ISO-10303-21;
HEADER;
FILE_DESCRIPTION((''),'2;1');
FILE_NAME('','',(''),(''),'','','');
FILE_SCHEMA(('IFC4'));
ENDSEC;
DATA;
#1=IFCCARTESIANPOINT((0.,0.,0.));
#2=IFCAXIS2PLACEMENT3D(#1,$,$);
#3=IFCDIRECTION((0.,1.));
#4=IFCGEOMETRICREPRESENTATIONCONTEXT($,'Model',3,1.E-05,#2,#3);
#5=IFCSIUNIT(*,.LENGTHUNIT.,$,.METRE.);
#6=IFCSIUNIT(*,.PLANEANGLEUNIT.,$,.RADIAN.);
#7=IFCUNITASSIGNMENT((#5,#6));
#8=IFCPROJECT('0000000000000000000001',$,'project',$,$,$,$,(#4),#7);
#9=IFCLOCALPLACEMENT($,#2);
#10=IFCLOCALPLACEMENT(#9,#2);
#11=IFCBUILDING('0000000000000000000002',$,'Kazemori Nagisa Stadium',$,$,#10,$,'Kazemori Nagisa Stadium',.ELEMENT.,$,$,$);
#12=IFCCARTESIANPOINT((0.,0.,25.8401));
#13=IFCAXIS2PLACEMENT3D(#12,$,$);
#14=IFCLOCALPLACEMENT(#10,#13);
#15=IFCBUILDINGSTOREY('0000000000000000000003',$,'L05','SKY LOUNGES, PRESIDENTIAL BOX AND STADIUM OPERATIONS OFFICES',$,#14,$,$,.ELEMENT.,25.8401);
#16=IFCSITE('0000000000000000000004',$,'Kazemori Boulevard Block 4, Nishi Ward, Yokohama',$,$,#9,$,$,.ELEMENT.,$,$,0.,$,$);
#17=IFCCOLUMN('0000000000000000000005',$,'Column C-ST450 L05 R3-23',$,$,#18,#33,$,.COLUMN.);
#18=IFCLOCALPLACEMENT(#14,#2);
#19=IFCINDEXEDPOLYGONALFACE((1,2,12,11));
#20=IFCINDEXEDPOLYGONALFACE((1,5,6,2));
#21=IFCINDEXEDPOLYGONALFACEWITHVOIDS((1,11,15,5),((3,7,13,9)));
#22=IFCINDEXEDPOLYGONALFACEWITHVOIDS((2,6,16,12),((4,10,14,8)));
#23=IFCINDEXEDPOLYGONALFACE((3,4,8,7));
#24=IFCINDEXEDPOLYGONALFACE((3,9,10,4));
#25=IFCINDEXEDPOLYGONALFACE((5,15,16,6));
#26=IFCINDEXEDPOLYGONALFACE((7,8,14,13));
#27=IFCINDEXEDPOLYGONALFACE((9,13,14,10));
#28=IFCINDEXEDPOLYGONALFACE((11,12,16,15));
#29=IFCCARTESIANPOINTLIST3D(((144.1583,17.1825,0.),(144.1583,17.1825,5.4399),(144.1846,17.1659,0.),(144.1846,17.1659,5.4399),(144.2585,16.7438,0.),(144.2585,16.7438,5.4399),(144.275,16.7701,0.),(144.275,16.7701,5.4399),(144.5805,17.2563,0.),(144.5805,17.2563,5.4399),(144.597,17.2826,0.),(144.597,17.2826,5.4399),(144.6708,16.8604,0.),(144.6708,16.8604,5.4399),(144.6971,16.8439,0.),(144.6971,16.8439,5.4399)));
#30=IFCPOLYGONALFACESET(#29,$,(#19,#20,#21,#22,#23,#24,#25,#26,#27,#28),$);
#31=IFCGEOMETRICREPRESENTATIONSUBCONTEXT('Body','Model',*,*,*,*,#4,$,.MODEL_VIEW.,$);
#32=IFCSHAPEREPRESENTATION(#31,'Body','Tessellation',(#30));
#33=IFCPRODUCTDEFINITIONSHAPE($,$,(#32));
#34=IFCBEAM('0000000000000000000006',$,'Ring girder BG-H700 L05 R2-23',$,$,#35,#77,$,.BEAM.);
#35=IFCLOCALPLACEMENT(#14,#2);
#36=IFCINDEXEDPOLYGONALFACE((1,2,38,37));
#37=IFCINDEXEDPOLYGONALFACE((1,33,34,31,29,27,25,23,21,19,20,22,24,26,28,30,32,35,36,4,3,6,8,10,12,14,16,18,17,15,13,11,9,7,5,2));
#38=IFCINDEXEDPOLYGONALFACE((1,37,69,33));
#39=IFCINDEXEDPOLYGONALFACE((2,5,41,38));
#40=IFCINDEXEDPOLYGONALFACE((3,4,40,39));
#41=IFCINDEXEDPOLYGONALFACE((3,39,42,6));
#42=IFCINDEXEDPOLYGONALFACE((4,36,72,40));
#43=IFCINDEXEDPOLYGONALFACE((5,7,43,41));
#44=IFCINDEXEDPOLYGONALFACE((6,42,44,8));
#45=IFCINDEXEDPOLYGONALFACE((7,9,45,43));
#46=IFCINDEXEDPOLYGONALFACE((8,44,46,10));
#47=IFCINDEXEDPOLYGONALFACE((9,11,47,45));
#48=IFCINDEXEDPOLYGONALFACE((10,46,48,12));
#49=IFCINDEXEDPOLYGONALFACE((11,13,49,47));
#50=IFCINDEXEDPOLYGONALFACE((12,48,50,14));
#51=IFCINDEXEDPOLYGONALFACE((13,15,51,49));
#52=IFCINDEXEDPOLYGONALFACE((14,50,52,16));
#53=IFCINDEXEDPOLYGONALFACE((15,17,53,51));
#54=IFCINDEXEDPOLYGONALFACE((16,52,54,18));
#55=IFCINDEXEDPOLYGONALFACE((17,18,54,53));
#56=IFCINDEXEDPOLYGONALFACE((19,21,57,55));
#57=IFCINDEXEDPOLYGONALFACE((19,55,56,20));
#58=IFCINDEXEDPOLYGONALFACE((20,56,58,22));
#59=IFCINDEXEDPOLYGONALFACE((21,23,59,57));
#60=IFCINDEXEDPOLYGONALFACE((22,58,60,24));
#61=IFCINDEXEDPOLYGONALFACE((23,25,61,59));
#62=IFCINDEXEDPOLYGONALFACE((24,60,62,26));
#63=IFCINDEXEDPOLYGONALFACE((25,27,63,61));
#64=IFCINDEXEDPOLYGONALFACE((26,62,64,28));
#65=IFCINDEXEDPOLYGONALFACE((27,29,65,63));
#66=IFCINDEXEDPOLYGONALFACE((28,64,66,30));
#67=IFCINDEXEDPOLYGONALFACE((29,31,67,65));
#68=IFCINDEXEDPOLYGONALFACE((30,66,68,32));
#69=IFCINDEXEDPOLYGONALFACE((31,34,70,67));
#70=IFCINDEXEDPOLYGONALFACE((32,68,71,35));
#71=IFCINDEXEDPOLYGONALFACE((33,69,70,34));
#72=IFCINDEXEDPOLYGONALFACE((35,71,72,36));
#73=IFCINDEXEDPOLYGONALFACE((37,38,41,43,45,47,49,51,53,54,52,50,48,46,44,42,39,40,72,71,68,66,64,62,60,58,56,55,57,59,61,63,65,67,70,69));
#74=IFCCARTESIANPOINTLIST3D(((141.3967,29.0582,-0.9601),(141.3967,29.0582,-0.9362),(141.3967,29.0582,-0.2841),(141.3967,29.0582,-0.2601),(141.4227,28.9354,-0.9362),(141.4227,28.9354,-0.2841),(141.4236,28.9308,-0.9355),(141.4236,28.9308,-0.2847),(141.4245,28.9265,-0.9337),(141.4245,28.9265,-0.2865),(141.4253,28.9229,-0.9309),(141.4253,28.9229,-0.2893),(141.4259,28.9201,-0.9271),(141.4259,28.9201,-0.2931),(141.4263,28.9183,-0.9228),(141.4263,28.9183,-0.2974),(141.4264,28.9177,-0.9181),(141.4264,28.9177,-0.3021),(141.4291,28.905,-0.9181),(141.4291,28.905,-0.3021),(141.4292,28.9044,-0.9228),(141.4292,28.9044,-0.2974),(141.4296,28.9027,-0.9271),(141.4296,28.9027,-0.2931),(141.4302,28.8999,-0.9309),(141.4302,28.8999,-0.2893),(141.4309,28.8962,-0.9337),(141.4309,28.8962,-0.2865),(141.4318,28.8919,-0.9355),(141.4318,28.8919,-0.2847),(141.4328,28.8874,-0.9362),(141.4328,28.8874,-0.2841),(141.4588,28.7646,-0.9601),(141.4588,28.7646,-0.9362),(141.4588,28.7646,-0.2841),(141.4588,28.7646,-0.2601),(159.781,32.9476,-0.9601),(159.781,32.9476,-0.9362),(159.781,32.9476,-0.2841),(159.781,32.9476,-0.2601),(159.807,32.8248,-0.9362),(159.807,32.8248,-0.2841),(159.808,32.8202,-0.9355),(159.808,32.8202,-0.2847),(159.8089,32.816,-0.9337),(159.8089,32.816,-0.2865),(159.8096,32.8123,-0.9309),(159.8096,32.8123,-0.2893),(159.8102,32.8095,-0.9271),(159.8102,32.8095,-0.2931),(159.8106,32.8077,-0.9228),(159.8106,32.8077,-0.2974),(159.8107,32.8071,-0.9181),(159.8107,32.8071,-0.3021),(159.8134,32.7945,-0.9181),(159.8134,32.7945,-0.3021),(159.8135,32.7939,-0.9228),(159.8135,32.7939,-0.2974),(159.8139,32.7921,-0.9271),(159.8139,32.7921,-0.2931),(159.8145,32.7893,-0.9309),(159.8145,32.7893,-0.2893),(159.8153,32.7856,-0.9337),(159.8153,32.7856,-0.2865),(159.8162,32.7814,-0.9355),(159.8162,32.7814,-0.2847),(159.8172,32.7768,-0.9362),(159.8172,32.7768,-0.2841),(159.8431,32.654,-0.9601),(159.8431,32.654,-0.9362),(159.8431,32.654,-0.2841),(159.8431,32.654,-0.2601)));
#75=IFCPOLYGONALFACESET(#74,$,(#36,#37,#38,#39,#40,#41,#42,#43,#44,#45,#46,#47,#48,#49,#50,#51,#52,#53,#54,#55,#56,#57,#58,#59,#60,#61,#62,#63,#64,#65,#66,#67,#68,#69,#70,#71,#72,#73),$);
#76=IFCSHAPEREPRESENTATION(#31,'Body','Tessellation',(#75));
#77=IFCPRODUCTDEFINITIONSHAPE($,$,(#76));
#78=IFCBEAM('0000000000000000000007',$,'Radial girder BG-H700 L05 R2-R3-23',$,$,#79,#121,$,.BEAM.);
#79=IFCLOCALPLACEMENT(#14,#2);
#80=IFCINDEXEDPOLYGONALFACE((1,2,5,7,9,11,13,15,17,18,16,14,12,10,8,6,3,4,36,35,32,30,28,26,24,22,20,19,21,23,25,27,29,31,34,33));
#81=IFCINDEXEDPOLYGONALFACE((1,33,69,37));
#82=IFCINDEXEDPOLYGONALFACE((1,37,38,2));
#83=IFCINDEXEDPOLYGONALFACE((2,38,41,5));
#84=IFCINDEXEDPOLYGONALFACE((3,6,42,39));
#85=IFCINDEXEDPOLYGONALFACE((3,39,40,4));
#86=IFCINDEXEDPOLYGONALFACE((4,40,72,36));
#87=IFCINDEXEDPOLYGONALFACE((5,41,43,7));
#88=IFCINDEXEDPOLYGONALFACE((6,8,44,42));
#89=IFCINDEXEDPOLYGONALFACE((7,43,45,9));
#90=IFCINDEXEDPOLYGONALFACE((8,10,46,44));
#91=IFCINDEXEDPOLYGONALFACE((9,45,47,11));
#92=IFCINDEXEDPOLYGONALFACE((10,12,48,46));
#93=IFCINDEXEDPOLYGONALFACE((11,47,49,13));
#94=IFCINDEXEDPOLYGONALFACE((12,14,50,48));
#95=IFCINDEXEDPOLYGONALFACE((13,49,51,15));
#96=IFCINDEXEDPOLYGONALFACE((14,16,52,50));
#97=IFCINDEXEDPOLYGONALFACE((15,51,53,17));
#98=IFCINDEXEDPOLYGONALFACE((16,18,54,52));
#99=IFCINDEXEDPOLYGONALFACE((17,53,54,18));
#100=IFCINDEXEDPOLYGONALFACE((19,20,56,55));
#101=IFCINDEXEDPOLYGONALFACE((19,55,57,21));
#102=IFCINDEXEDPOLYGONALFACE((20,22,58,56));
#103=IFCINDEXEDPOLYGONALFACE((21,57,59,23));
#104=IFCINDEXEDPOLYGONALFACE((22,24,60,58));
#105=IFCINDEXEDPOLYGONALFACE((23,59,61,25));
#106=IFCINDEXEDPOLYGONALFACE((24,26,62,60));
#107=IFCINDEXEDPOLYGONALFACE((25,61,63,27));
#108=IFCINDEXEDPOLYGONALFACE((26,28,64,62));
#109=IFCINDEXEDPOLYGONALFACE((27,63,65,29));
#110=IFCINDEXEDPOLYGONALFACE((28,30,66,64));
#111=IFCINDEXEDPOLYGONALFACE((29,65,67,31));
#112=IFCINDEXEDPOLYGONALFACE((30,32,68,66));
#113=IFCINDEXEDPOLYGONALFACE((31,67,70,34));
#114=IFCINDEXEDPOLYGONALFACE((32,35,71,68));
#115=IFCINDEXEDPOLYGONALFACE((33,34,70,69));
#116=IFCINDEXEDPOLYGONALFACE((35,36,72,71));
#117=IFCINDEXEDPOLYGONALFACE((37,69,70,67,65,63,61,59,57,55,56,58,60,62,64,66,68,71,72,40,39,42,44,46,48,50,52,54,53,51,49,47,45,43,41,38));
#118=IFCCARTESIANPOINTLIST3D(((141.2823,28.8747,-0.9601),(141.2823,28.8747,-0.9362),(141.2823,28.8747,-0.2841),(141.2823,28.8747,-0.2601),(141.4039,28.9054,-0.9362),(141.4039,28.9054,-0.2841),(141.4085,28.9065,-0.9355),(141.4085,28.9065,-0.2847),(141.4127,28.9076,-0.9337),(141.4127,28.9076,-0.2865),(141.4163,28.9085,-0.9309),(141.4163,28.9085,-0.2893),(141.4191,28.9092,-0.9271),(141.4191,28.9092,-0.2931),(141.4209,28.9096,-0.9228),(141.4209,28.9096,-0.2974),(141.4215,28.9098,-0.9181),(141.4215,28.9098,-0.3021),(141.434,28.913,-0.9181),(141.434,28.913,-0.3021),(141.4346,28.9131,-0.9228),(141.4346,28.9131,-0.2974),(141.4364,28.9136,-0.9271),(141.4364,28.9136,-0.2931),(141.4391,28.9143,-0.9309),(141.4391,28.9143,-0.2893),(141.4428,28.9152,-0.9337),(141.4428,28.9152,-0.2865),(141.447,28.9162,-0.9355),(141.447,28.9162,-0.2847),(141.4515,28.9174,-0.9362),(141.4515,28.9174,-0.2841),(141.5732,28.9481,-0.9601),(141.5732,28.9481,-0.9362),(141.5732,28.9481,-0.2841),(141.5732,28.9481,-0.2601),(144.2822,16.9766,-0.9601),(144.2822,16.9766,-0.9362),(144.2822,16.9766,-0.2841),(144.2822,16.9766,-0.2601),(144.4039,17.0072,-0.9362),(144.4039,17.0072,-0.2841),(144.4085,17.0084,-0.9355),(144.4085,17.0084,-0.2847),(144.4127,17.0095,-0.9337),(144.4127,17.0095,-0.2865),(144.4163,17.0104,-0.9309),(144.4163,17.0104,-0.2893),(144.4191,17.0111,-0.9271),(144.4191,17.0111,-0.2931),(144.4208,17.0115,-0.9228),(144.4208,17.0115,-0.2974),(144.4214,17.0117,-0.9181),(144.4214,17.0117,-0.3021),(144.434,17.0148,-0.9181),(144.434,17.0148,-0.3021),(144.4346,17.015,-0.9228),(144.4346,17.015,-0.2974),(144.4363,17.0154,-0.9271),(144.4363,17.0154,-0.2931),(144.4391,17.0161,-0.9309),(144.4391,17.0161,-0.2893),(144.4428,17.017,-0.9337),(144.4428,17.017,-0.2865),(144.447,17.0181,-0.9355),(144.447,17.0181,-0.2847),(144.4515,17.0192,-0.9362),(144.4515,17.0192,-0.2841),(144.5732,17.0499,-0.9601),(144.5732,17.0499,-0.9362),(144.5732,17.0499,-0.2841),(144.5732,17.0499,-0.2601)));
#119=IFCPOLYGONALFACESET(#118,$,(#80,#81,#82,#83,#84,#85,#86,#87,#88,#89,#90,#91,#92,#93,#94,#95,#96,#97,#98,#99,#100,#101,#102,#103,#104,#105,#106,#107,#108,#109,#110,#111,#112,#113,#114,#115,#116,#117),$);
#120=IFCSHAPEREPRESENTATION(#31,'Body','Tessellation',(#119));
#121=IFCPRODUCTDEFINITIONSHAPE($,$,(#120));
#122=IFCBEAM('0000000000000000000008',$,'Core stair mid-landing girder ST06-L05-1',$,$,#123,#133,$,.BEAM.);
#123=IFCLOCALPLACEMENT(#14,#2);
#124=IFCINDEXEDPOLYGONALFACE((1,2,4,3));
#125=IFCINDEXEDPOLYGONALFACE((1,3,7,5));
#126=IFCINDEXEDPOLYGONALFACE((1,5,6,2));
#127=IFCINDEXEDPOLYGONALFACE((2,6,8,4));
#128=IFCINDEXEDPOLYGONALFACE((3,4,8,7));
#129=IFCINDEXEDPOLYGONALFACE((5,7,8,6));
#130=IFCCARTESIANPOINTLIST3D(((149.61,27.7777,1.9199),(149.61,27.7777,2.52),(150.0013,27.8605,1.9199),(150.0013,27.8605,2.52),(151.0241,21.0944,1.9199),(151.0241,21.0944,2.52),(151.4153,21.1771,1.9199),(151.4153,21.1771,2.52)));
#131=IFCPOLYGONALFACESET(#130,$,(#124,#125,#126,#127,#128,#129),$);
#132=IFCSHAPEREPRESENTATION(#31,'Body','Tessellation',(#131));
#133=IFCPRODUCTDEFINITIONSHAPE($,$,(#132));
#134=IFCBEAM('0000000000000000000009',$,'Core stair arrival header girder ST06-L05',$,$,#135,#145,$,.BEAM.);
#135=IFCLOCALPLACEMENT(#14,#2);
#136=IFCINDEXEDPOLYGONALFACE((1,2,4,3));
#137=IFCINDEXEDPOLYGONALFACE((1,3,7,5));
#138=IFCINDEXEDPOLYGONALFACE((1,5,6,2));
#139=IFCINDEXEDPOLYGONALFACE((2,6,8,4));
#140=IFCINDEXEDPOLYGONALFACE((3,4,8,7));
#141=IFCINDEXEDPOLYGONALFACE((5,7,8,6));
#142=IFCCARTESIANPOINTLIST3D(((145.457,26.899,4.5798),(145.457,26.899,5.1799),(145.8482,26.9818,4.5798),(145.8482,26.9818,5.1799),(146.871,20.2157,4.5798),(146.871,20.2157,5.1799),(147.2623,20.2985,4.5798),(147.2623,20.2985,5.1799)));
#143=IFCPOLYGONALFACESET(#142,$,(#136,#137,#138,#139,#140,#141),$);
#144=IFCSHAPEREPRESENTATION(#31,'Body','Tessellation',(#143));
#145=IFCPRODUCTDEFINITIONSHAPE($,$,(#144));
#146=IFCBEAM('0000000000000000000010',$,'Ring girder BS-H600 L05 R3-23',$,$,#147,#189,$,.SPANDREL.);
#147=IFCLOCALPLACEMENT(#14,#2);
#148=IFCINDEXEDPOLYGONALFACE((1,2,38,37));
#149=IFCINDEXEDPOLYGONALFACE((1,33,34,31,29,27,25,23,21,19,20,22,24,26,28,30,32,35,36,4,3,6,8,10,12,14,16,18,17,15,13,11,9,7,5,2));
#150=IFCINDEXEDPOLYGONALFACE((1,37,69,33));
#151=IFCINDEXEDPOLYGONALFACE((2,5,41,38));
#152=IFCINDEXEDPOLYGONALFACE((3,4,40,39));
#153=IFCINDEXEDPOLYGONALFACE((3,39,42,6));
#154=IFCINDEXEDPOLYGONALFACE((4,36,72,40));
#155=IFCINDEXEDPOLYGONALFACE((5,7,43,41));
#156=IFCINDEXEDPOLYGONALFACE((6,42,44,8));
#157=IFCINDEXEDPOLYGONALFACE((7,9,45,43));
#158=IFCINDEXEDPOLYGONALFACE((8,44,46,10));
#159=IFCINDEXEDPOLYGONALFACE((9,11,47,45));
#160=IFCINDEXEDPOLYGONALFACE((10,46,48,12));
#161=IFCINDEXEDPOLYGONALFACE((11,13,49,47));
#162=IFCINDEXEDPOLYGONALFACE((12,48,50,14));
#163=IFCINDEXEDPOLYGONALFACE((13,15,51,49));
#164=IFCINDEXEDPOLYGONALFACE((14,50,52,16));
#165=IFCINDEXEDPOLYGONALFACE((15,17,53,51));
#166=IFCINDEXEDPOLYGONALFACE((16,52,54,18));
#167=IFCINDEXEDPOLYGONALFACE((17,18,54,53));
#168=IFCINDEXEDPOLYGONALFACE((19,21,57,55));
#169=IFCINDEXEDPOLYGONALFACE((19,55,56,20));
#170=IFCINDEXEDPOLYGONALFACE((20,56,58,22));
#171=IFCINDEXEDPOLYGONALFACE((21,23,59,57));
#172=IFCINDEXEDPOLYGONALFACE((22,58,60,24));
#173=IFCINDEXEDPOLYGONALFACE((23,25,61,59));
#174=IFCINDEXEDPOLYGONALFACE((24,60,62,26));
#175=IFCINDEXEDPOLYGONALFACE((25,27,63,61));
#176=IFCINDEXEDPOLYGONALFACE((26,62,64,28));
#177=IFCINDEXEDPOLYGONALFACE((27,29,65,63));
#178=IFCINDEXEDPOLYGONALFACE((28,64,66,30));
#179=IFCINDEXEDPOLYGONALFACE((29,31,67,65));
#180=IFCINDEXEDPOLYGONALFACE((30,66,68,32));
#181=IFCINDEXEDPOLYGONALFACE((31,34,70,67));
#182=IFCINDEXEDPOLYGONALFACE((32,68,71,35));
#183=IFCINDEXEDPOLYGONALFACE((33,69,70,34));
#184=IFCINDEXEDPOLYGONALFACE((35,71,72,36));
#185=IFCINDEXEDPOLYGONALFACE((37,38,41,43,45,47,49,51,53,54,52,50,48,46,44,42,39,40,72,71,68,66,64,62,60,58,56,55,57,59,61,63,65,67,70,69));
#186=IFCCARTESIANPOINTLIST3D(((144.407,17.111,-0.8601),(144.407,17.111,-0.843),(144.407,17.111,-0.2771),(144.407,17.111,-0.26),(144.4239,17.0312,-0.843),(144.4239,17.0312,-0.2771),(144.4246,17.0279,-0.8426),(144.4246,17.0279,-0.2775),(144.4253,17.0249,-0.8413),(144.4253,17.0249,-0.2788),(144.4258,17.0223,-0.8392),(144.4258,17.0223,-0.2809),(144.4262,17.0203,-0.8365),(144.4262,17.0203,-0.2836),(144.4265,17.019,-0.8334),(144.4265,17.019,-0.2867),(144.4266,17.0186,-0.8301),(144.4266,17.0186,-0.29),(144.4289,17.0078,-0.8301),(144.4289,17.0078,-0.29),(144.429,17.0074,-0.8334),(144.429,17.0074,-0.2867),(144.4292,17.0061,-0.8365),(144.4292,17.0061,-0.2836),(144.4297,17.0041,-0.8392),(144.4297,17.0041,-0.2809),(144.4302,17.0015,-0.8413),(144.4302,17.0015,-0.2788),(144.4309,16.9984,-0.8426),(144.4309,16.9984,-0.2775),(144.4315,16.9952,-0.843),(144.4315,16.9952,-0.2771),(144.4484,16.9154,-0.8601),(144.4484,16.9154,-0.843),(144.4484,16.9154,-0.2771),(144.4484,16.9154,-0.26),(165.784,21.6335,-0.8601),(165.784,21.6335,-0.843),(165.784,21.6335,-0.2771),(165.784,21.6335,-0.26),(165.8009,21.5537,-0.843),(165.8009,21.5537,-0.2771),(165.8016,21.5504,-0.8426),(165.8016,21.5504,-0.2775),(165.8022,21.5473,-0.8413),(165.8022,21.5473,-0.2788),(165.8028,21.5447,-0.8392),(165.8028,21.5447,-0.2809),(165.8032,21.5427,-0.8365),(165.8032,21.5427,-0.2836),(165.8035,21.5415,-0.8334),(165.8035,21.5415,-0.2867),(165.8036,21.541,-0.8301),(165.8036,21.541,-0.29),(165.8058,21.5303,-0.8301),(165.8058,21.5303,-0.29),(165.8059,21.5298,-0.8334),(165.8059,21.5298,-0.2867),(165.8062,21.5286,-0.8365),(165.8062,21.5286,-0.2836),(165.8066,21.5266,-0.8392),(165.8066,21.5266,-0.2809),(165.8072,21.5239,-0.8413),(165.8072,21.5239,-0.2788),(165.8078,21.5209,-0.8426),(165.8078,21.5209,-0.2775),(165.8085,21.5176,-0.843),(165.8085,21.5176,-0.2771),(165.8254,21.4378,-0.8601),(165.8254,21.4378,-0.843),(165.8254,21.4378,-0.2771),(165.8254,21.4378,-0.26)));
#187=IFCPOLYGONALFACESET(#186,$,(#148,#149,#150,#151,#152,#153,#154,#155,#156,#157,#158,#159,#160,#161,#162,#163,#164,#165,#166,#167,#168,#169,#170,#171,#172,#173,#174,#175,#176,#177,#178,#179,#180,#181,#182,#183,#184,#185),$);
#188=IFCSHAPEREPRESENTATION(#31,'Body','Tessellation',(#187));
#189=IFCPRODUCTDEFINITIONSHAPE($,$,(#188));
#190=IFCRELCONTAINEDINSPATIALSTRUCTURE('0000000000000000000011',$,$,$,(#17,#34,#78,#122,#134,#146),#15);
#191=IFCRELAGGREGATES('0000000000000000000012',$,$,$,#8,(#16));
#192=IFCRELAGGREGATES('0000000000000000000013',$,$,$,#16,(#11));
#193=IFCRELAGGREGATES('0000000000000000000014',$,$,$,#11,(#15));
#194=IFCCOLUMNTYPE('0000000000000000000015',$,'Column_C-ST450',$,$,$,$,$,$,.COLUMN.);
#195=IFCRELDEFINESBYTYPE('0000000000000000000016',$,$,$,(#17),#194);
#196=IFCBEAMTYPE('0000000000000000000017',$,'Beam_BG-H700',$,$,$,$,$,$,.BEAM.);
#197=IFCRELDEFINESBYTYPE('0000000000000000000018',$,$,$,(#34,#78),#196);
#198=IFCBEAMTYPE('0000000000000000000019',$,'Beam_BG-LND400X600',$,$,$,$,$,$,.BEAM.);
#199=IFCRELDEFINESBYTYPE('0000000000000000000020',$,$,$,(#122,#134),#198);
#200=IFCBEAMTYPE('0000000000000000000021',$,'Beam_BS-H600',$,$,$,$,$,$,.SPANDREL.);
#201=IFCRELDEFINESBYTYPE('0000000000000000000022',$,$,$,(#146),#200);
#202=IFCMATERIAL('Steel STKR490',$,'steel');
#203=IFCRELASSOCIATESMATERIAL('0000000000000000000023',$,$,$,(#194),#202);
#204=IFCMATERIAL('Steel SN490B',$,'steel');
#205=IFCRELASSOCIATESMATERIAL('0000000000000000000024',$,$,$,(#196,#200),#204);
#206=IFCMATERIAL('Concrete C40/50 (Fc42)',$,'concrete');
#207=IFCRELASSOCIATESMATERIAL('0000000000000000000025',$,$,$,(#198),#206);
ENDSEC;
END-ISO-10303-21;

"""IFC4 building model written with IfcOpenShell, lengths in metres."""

from ifc_helpers import new_model, si_unit, direction, frame, origin, origin_2d, place, context, subcontext, project, spatial, rectangle, hollow_rectangle, i_section, extrude, material, material_profile, profile_set, type_object, element, save


model = new_model("IFC4")

# Units and contexts
model_context = context("Model", 3, precision=1e-05, world=origin(), true_north=direction((0.0, 1.0)))
body_context = subcontext(model_context, "Body", "Model", "MODEL_VIEW")
ifc_project = project(units=[si_unit("LENGTHUNIT", "METRE"), si_unit("PLANEANGLEUNIT", "RADIAN")], contexts=[model_context])

# Site, building, storey
site_placement = place(None, origin())
site = spatial("IfcSite", under=ifc_project, at=site_placement, Name="Kazemori Boulevard Block 4, Nishi Ward, Yokohama", CompositionType="ELEMENT", RefElevation=0.0)
building_placement = place(site_placement, origin())
building = spatial("IfcBuilding", under=site, at=building_placement, Name="Kazemori Nagisa Stadium", LongName="Kazemori Nagisa Stadium", CompositionType="ELEMENT")
storey_placement = place(building_placement, frame((0.0, 0.0, 25.8401)))
storey = spatial("IfcBuildingStorey", under=building, at=storey_placement, Name="L05", Description="SKY LOUNGES, PRESIDENTIAL BOX AND STADIUM OPERATIONS OFFICES", CompositionType="ELEMENT", Elevation=25.8401)

# Column
ifc_material_1 = material(Name="Steel STKR490", Category="steel")
ifc_material_profile_1 = material_profile(ifc_material_1, hollow_rectangle(XDim=0.45, YDim=0.45, WallThickness=0.022, at=origin_2d()), Name="SHS-450x450x22")
ifc_profile_set_1 = profile_set([ifc_material_profile_1], Name="Steel STKR490")
column_type = type_object("IfcColumnType", Name="Column_C-ST450", PredefinedType="COLUMN", material=ifc_profile_set_1)
column_placement = place(storey_placement, frame((144.4277, 17.0132, 0.0), z_axis=(0.0, 0.0, 1.0), x_axis=(0.222521, -0.974928, 0.0)))
element("IfcColumn", 1, at=column_placement, inside=storey, type_object=column_type, Name="Column C-ST450 L05 R3-23", PredefinedType="COLUMN", context=body_context, shape_type="SweptSolid", body=[
    extrude(hollow_rectangle(XDim=0.45, YDim=0.45, WallThickness=0.022, at=origin_2d()), origin(), (0.0, 0.0, 1.0), 5.4399),
])

# Beams
ifc_material_2 = material(Name="Steel SN490B", Category="steel")
ifc_material_profile_2 = material_profile(ifc_material_2, i_section(OverallWidth=0.3, OverallDepth=0.7, WebThickness=0.0129, FlangeThickness=0.0239, FilletRadius=0.0181, at=origin_2d()), Name="H-700x300x13x24")
ifc_profile_set_2 = profile_set([ifc_material_profile_2], Name="Steel SN490B")
beam_type_1 = type_object("IfcBeamType", Name="Beam_BG-H700", PredefinedType="BEAM", material=ifc_profile_set_2)
beam_1_placement = place(storey_placement, frame((141.4277, 28.9114, -0.6101), z_axis=(0.978345, 0.20698, 0.0), x_axis=(-0.20698, 0.978345, 0.0)))
element("IfcBeam", 2, at=beam_1_placement, inside=storey, type_object=beam_type_1, Name="Ring girder BG-H700 L05 R2-23", PredefinedType="BEAM", context=body_context, shape_type="SweptSolid", body=[
    extrude(i_section(OverallWidth=0.3, OverallDepth=0.7, WebThickness=0.0129, FlangeThickness=0.0239, FilletRadius=0.0181, at=origin_2d()), origin(), (0.0, 0.0, 1.0), 18.7913),
])
beam_2_placement = place(storey_placement, frame((141.4277, 28.9114, -0.6101), z_axis=(0.244487, -0.969652, 0.0), x_axis=(0.969652, 0.244487, 0.0)))
element("IfcBeam", 3, at=beam_2_placement, inside=storey, type_object=beam_type_1, Name="Radial girder BG-H700 L05 R2-R3-23", PredefinedType="BEAM", context=body_context, shape_type="SweptSolid", body=[
    extrude(i_section(OverallWidth=0.3, OverallDepth=0.7, WebThickness=0.0129, FlangeThickness=0.0239, FilletRadius=0.0181, at=origin_2d()), origin(), (0.0, 0.0, 1.0), 12.2705),
])
ifc_material_3 = material(Name="Concrete C40/50 (Fc42)", Category="concrete")
ifc_material_profile_3 = material_profile(ifc_material_3, rectangle(XDim=0.3999, YDim=0.6001, at=origin_2d()), Name="RC-BM-400x600")
ifc_profile_set_3 = profile_set([ifc_material_profile_3], Name="Concrete C40/50 (Fc42)")
beam_type_2 = type_object("IfcBeamType", Name="Beam_BG-LND400X600", PredefinedType="BEAM", material=ifc_profile_set_3)
for number, where, z_axis, x_axis, name in (
    (4, (149.8057, 27.8191, 2.22), (0.206997, -0.978341, 0.0), (0.978341, 0.206997, 0.0), "Core stair mid-landing girder ST06-L05-1"),
    (5, (145.6526, 26.9404, 4.8799), (0.206997, -0.978341, 0.0), (0.978341, 0.206997, 0.0), "Core stair arrival header girder ST06-L05"),
):
    element("IfcBeam", number, at=place(storey_placement, frame(where, z_axis=z_axis, x_axis=x_axis)), inside=storey, type_object=beam_type_2, Name=name, PredefinedType="BEAM", context=body_context, shape_type="SweptSolid", body=[
        extrude(rectangle(XDim=0.3999, YDim=0.6001, at=origin_2d()), origin(), (0.0, 0.0, 1.0), 6.8313),
    ])
ifc_material_profile_4 = material_profile(ifc_material_2, i_section(OverallWidth=0.2, OverallDepth=0.6001, WebThickness=0.011, FlangeThickness=0.0171, FilletRadius=0.0129, at=origin_2d()), Name="H-600x200x11x17")
ifc_profile_set_4 = profile_set([ifc_material_profile_4], Name="Steel SN490B")
beam_type_3 = type_object("IfcBeamType", Name="Beam_BS-H600", PredefinedType="SPANDREL", material=ifc_profile_set_4)
beam_3_placement = place(storey_placement, frame((144.4277, 17.0132, -0.5601), z_axis=(0.978346, 0.206977, 0.0), x_axis=(-0.206977, 0.978346, 0.0)))
element("IfcBeam", 6, at=beam_3_placement, inside=storey, type_object=beam_type_3, Name="Ring girder BS-H600 L05 R3-23", PredefinedType="SPANDREL", context=body_context, shape_type="SweptSolid", body=[
    extrude(i_section(OverallWidth=0.2, OverallDepth=0.6001, WebThickness=0.011, FlangeThickness=0.0171, FilletRadius=0.0129, at=origin_2d()), origin(), (0.0, 0.0, 1.0), 21.8501),
])

save(model, "model.ifc")
